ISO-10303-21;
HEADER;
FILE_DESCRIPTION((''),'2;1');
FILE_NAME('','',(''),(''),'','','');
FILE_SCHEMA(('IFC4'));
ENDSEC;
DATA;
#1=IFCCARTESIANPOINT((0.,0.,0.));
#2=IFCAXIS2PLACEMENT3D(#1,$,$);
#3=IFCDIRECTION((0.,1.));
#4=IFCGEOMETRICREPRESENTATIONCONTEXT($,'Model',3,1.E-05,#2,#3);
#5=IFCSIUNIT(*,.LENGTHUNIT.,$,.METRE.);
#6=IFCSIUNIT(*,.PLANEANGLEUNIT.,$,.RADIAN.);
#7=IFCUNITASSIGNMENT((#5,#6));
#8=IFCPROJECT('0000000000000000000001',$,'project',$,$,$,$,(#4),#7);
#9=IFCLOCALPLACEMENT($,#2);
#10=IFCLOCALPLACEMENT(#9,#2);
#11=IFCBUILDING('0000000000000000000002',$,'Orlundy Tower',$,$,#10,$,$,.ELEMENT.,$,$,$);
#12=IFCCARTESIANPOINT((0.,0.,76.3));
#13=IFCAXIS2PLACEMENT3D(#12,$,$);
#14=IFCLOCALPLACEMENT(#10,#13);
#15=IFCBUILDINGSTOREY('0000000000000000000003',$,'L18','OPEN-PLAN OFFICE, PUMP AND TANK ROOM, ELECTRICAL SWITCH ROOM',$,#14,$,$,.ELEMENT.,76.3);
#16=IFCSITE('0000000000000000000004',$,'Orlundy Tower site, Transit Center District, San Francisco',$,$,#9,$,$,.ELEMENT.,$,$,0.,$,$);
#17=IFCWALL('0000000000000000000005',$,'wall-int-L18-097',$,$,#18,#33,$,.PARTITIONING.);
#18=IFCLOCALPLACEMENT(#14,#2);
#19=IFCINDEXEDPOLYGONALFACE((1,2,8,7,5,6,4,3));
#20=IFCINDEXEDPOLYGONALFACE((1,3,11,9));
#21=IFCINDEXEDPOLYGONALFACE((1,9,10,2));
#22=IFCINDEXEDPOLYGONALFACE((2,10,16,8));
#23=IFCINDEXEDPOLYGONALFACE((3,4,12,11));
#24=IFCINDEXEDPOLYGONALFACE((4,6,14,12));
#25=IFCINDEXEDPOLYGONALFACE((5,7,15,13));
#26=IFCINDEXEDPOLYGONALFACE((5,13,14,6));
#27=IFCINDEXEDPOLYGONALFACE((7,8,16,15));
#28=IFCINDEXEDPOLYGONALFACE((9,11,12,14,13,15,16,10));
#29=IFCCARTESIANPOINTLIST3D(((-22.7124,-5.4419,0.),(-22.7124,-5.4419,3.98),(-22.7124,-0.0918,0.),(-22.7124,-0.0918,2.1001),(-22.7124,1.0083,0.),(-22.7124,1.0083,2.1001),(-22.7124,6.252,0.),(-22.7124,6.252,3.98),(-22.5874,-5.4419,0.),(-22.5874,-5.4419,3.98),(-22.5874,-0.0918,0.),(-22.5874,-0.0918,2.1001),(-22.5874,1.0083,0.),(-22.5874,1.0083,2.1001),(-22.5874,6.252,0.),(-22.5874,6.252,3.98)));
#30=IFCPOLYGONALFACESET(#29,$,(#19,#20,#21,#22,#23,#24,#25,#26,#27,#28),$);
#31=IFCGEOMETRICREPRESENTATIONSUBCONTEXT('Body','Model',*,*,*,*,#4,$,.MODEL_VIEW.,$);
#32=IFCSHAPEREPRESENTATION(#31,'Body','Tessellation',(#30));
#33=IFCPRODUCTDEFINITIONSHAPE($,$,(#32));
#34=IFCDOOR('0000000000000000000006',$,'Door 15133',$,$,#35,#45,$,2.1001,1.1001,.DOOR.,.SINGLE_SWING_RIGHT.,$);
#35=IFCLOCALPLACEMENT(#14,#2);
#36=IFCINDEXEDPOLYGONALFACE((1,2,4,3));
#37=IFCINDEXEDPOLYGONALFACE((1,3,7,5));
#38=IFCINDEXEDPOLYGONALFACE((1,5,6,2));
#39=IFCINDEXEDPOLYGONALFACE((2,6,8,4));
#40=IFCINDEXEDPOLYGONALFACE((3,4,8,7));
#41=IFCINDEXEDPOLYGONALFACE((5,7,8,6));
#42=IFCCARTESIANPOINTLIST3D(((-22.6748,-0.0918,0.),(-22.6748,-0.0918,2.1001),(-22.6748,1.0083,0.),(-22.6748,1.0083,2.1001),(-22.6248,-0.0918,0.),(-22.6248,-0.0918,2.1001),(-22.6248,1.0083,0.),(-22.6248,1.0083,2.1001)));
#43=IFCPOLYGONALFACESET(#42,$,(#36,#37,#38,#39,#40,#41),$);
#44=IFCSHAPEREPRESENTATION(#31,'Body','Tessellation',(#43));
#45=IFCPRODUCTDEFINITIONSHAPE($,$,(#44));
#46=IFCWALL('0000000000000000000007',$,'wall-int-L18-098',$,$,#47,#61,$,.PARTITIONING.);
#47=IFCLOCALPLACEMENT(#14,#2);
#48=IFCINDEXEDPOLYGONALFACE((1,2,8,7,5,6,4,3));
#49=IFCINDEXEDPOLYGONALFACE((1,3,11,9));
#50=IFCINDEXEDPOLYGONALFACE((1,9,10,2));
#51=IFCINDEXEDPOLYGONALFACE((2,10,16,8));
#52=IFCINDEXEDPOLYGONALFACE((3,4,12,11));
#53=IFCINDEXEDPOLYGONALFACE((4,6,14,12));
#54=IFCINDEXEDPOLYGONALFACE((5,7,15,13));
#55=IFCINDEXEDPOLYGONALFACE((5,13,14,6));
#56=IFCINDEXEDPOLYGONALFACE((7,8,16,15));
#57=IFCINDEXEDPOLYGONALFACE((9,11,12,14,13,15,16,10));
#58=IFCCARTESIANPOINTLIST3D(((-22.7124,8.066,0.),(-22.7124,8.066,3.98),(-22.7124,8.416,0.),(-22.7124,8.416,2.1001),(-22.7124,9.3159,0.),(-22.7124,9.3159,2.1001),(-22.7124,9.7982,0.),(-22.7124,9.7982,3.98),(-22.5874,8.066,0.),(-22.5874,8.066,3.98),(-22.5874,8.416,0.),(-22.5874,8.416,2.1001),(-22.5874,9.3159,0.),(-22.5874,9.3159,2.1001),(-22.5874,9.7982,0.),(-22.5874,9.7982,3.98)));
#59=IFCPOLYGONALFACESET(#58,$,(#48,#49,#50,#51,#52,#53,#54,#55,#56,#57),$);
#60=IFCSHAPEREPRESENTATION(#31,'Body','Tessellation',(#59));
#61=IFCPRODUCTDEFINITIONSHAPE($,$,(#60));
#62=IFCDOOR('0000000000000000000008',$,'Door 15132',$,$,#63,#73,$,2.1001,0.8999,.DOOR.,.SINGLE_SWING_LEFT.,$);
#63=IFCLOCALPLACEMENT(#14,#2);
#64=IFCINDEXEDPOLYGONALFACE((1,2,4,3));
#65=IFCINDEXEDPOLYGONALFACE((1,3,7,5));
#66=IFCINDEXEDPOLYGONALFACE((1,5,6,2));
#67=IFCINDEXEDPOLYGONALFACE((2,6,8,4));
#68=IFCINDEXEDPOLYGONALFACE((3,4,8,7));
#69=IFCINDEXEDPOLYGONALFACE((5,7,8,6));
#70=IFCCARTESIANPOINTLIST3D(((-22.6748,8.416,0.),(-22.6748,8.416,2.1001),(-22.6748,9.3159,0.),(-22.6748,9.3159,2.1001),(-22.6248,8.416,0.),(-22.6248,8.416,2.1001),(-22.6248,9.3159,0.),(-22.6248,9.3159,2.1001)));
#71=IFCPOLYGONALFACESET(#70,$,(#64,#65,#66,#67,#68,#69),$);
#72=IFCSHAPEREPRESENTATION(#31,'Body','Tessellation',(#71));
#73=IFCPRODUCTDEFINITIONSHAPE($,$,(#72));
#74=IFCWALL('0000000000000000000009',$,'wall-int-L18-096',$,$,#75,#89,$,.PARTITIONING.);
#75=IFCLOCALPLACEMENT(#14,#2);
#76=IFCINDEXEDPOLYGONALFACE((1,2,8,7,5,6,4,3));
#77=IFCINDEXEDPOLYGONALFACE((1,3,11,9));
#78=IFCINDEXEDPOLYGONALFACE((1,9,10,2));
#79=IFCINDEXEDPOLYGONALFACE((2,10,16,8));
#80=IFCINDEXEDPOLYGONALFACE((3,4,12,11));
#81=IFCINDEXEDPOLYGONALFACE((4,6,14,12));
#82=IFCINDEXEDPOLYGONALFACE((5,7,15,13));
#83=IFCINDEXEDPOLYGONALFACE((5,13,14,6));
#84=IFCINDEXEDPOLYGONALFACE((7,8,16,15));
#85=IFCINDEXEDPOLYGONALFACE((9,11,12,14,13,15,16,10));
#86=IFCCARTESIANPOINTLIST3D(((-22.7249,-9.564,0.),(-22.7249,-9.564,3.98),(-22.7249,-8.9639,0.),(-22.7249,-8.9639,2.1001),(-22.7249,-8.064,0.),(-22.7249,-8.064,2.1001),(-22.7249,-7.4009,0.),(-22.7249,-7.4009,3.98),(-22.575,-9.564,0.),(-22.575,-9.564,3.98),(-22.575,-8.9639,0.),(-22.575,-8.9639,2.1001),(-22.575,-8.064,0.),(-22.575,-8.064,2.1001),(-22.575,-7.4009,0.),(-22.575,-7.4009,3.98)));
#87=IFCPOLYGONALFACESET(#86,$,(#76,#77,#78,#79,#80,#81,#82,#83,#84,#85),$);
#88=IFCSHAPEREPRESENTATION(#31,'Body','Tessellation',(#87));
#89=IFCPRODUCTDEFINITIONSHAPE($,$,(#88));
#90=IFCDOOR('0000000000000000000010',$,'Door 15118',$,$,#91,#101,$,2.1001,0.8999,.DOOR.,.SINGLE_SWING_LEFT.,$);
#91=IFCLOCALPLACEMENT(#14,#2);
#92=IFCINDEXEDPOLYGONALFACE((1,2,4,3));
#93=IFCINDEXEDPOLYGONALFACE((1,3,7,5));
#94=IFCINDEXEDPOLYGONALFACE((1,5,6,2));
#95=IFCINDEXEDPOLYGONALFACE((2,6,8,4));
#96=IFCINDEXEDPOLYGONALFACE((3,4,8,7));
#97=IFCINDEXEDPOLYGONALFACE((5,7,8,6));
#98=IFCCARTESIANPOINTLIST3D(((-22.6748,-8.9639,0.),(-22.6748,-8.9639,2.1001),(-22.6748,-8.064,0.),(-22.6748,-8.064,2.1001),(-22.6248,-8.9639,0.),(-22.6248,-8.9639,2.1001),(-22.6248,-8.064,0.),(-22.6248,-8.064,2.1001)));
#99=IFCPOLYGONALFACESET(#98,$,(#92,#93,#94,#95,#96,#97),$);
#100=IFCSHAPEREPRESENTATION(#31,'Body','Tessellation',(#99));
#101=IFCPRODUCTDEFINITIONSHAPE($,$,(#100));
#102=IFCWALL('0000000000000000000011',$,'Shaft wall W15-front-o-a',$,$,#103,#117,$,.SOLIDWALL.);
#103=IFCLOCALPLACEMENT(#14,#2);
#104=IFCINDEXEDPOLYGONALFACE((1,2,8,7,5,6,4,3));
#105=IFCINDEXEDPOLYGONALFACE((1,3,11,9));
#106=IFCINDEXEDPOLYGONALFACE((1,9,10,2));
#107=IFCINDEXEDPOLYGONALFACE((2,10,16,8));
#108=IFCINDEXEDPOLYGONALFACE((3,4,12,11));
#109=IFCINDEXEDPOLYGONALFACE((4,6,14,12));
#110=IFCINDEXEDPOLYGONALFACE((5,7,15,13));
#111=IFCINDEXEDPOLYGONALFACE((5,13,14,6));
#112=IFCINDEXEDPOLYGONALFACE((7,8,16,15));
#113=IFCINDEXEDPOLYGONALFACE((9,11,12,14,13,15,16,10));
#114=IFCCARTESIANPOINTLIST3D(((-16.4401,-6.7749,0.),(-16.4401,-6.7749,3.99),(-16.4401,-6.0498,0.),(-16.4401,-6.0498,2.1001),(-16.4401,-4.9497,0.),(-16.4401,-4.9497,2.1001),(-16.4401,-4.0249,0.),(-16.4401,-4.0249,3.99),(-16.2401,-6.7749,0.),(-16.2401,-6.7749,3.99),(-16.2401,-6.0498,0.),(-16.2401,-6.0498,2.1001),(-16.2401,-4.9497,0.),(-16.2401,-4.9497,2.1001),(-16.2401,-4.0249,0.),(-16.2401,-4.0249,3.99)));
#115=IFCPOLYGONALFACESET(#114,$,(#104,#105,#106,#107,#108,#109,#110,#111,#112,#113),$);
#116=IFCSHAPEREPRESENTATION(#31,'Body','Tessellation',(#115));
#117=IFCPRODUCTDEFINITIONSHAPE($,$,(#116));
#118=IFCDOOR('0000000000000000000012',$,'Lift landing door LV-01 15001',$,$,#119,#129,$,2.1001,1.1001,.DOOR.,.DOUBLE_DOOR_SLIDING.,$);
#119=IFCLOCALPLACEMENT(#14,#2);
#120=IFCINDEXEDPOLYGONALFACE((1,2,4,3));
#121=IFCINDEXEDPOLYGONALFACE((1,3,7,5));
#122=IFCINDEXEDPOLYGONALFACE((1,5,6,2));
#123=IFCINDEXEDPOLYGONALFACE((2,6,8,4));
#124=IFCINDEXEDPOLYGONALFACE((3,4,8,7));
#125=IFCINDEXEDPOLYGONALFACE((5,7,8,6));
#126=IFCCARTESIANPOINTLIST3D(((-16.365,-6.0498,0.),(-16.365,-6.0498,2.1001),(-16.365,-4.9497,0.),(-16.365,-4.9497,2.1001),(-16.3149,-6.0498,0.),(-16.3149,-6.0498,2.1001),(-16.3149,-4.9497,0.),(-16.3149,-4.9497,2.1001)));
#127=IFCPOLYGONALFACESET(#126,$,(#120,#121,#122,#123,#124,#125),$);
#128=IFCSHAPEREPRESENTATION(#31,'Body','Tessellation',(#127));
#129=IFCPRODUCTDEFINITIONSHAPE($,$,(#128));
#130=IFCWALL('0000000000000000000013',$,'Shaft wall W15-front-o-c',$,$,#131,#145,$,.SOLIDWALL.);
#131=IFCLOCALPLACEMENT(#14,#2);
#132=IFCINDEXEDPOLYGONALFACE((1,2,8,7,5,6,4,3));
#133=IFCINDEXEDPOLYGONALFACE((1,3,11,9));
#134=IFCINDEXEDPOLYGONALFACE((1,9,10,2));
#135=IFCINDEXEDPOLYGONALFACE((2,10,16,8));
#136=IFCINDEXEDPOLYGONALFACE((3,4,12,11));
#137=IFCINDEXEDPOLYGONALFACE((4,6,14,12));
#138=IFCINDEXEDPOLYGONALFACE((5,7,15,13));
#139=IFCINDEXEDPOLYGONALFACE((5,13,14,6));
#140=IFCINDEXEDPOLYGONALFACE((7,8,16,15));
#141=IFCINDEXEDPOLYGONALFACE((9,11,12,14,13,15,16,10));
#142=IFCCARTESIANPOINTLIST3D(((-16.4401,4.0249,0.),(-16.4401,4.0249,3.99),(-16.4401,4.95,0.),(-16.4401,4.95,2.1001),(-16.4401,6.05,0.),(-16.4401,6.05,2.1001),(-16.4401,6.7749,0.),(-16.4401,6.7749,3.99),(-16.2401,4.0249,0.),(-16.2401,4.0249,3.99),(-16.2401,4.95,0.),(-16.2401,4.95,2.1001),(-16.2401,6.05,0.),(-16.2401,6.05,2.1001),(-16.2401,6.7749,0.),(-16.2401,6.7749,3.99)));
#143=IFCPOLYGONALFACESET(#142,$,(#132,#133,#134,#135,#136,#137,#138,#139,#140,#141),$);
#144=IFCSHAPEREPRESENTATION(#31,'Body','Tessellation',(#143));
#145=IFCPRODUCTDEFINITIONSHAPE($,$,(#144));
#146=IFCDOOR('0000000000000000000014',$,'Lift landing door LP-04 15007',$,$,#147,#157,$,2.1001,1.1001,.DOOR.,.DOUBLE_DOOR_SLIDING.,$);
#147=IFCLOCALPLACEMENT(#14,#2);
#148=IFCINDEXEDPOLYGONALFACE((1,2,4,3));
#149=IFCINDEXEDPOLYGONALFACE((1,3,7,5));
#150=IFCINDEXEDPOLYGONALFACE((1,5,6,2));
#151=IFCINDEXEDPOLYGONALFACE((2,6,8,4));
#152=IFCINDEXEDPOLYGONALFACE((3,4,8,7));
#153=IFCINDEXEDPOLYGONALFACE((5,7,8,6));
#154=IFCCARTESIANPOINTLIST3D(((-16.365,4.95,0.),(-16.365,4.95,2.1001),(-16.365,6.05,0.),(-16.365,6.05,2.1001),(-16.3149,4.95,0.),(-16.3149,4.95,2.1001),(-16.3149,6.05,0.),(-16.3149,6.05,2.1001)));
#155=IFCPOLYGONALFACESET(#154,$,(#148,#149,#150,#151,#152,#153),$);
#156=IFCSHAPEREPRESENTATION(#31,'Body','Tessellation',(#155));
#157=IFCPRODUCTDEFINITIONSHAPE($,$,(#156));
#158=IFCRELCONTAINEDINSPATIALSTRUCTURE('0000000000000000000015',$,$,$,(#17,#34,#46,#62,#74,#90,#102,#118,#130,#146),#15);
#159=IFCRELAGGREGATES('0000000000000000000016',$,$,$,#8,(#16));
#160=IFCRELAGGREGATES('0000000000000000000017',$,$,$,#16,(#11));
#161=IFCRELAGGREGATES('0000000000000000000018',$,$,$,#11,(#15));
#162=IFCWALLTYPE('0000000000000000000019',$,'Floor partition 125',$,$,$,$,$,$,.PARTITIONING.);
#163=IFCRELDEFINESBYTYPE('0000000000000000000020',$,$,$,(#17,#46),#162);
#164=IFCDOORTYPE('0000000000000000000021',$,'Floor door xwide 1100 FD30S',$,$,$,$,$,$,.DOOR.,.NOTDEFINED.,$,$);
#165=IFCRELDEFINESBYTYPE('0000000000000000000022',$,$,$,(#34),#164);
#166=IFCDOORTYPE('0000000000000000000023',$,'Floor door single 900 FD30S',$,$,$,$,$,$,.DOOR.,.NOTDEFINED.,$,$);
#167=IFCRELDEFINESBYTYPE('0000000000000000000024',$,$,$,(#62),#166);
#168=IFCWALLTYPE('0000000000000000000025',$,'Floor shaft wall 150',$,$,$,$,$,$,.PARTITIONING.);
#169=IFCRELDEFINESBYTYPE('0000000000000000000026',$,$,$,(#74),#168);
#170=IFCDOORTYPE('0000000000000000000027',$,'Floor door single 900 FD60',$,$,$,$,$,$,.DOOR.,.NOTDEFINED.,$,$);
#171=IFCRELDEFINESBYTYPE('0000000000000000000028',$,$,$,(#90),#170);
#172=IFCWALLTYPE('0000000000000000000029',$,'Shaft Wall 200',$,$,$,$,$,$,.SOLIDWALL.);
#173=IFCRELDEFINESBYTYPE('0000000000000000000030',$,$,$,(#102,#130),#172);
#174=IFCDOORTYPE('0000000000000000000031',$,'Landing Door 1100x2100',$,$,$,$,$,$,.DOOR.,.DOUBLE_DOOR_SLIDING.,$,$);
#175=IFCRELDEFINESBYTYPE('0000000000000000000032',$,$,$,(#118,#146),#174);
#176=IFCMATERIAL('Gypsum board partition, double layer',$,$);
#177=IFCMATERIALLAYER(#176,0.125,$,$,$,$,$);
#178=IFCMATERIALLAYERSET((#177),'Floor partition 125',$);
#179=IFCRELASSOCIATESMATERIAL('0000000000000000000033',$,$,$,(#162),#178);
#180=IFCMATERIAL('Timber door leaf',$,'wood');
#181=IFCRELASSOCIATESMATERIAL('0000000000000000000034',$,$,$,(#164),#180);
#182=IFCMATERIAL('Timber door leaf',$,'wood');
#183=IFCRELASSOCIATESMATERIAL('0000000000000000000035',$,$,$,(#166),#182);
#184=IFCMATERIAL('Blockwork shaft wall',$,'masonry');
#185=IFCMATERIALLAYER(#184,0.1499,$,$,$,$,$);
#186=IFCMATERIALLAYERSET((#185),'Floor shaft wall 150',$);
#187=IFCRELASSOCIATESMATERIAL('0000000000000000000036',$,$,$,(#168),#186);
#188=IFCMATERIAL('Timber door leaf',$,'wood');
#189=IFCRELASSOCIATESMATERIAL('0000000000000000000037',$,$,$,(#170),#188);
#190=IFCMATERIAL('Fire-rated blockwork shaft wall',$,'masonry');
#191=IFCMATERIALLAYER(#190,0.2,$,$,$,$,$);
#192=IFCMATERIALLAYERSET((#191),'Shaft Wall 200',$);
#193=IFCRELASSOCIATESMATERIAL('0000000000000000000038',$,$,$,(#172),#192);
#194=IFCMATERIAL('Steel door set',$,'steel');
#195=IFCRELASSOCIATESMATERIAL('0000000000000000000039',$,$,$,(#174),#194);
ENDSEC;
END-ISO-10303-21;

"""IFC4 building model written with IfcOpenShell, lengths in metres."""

from ifc_helpers import new_model, si_unit, direction, frame, frame_2d, origin, place, context, subcontext, project, spatial, rectangle, extrude, material, layer, layer_set, type_object, element, fill, save


model = new_model("IFC4")

# Units and contexts
model_context = context("Model", 3, precision=1e-05, world=origin(), true_north=direction((0.0, 1.0)))
body_context = subcontext(model_context, "Body", "Model", "MODEL_VIEW")
ifc_project = project(units=[si_unit("LENGTHUNIT", "METRE"), si_unit("PLANEANGLEUNIT", "RADIAN")], contexts=[model_context])

# Site, building, storey
site_placement = place(None, origin())
site = spatial("IfcSite", under=ifc_project, at=site_placement, Name="Orlundy Tower site, Transit Center District, San Francisco", CompositionType="ELEMENT", RefElevation=0.0)
building_placement = place(site_placement, origin())
building = spatial("IfcBuilding", under=site, at=building_placement, Name="Orlundy Tower", CompositionType="ELEMENT")
storey_placement = place(building_placement, frame((0.0, 0.0, 76.3)))
storey = spatial("IfcBuildingStorey", under=building, at=storey_placement, Name="L18", Description="OPEN-PLAN OFFICE, PUMP AND TANK ROOM, ELECTRICAL SWITCH ROOM", CompositionType="ELEMENT", Elevation=76.3)

# Walls, openings, doors
ifc_material_1 = material(Name="Gypsum board partition, double layer")
ifc_layer_1 = layer(ifc_material_1, 0.125)
ifc_layer_set_1 = layer_set([ifc_layer_1], Name="Floor partition 125")
wall_type_1 = type_object("IfcWallType", Name="Floor partition 125", PredefinedType="PARTITIONING", material=ifc_layer_set_1)
wall_1_placement = place(storey_placement, frame((-22.6499, -5.4419, 0.0), z_axis=(0.0, 0.0, 1.0), x_axis=(0.0, 1.0, 0.0)))
wall_1 = element("IfcWall", 1, at=wall_1_placement, inside=storey, type_object=wall_type_1, Name="wall-int-L18-097", PredefinedType="PARTITIONING", context=body_context, shape_type="SweptSolid", body=[
    extrude(rectangle(XDim=11.6938, YDim=0.125, at=frame_2d((5.8469, 0.0))), origin(), (0.0, 0.0, 1.0), 3.98),
])
opening_1_placement = place(wall_1_placement, frame((5.3501, 0.0, 0.0)))
opening_1 = element("IfcOpeningElement", 2, at=opening_1_placement, cuts=wall_1, PredefinedType="OPENING", context=body_context, shape_type="SweptSolid", body=[
    extrude(rectangle(XDim=1.1001, YDim=2.1001, at=frame_2d((0.55, 1.05))), frame((0.0, 0.0725, 0.0), z_axis=(0.0, -1.0, 0.0), x_axis=(1.0, 0.0, 0.0)), (0.0, 0.0, 1.0), 0.145),
])
ifc_material_2 = material(Name="Timber door leaf", Category="wood")
door_type_1 = type_object("IfcDoorType", Name="Floor door xwide 1100 FD30S", OperationType="NOTDEFINED", PredefinedType="DOOR", material=ifc_material_2)
door_1_placement = place(opening_1_placement, origin())
door_1 = element("IfcDoor", 3, at=door_1_placement, inside=storey, type_object=door_type_1, Name="Door 15133", OperationType="SINGLE_SWING_RIGHT", OverallHeight=2.1001, OverallWidth=1.1001, PredefinedType="DOOR", context=body_context, shape_type="SweptSolid", body=[
    extrude(rectangle(XDim=1.1001, YDim=2.1001, at=frame_2d((0.55, 1.05))), frame((0.0, 0.0249, 0.0), z_axis=(0.0, -1.0, 0.0), x_axis=(1.0, 0.0, 0.0)), (0.0, 0.0, 1.0), 0.05),
])
fill(opening_1, door_1)
wall_2_placement = place(storey_placement, frame((-22.6499, 8.0659, 0.0), z_axis=(0.0, 0.0, 1.0), x_axis=(0.0, 1.0, 0.0)))
wall_2 = element("IfcWall", 4, at=wall_2_placement, inside=storey, type_object=wall_type_1, Name="wall-int-L18-098", PredefinedType="PARTITIONING", context=body_context, shape_type="SweptSolid", body=[
    extrude(rectangle(XDim=1.7322, YDim=0.125, at=frame_2d((0.8662, 0.0))), origin(), (0.0, 0.0, 1.0), 3.98),
])
opening_2_placement = place(wall_2_placement, frame((0.3501, 0.0, 0.0)))
opening_2 = element("IfcOpeningElement", 5, at=opening_2_placement, cuts=wall_2, PredefinedType="OPENING", context=body_context, shape_type="SweptSolid", body=[
    extrude(rectangle(XDim=0.8999, YDim=2.1001, at=frame_2d((0.45, 1.05))), frame((0.0, 0.0725, 0.0), z_axis=(0.0, -1.0, 0.0), x_axis=(1.0, 0.0, 0.0)), (0.0, 0.0, 1.0), 0.145),
])
ifc_material_3 = material(Name="Timber door leaf", Category="wood")
door_type_2 = type_object("IfcDoorType", Name="Floor door single 900 FD30S", OperationType="NOTDEFINED", PredefinedType="DOOR", material=ifc_material_3)
door_2_placement = place(opening_2_placement, origin())
door_2 = element("IfcDoor", 6, at=door_2_placement, inside=storey, type_object=door_type_2, Name="Door 15132", OperationType="SINGLE_SWING_LEFT", OverallHeight=2.1001, OverallWidth=0.8999, PredefinedType="DOOR", context=body_context, shape_type="SweptSolid", body=[
    extrude(rectangle(XDim=0.8999, YDim=2.1001, at=frame_2d((0.45, 1.05))), frame((0.0, 0.0249, 0.0), z_axis=(0.0, -1.0, 0.0), x_axis=(1.0, 0.0, 0.0)), (0.0, 0.0, 1.0), 0.05),
])
fill(opening_2, door_2)
ifc_material_4 = material(Name="Blockwork shaft wall", Category="masonry")
ifc_layer_2 = layer(ifc_material_4, 0.1499)
ifc_layer_set_2 = layer_set([ifc_layer_2], Name="Floor shaft wall 150")
wall_type_2 = type_object("IfcWallType", Name="Floor shaft wall 150", PredefinedType="PARTITIONING", material=ifc_layer_set_2)
wall_3_placement = place(storey_placement, frame((-22.6499, -9.564, 0.0), z_axis=(0.0, 0.0, 1.0), x_axis=(0.0, 1.0, 0.0)))
wall_3 = element("IfcWall", 7, at=wall_3_placement, inside=storey, type_object=wall_type_2, Name="wall-int-L18-096", PredefinedType="PARTITIONING", context=body_context, shape_type="SweptSolid", body=[
    extrude(rectangle(XDim=2.1631, YDim=0.1499, at=frame_2d((1.0815, 0.0))), origin(), (0.0, 0.0, 1.0), 3.98),
])
opening_3_placement = place(wall_3_placement, frame((0.6001, 0.0, 0.0)))
opening_3 = element("IfcOpeningElement", 8, at=opening_3_placement, cuts=wall_3, PredefinedType="OPENING", context=body_context, shape_type="SweptSolid", body=[
    extrude(rectangle(XDim=0.8999, YDim=2.1001, at=frame_2d((0.45, 1.05))), frame((0.0, 0.085, 0.0), z_axis=(0.0, -1.0, 0.0), x_axis=(1.0, 0.0, 0.0)), (0.0, 0.0, 1.0), 0.1699),
])
ifc_material_5 = material(Name="Timber door leaf", Category="wood")
door_type_3 = type_object("IfcDoorType", Name="Floor door single 900 FD60", OperationType="NOTDEFINED", PredefinedType="DOOR", material=ifc_material_5)
door_3_placement = place(opening_3_placement, origin())
door_3 = element("IfcDoor", 9, at=door_3_placement, inside=storey, type_object=door_type_3, Name="Door 15118", OperationType="SINGLE_SWING_LEFT", OverallHeight=2.1001, OverallWidth=0.8999, PredefinedType="DOOR", context=body_context, shape_type="SweptSolid", body=[
    extrude(rectangle(XDim=0.8999, YDim=2.1001, at=frame_2d((0.45, 1.05))), frame((0.0, 0.0249, 0.0), z_axis=(0.0, -1.0, 0.0), x_axis=(1.0, 0.0, 0.0)), (0.0, 0.0, 1.0), 0.05),
])
fill(opening_3, door_3)
ifc_material_6 = material(Name="Fire-rated blockwork shaft wall", Category="masonry")
ifc_layer_3 = layer(ifc_material_6, 0.2)
ifc_layer_set_3 = layer_set([ifc_layer_3], Name="Shaft Wall 200")
wall_type_3 = type_object("IfcWallType", Name="Shaft Wall 200", PredefinedType="SOLIDWALL", material=ifc_layer_set_3)
wall_4_placement = place(storey_placement, frame((-16.3401, -6.7749, 0.0), z_axis=(0.0, 0.0, 1.0), x_axis=(0.0, 1.0, 0.0)))
wall_4 = element("IfcWall", 10, at=wall_4_placement, inside=storey, type_object=wall_type_3, Name="Shaft wall W15-front-o-a", PredefinedType="SOLIDWALL", context=body_context, shape_type="SweptSolid", body=[
    extrude(rectangle(XDim=2.75, YDim=0.2, at=frame_2d((1.375, 0.0))), origin(), (0.0, 0.0, 1.0), 3.99),
])
opening_4_placement = place(wall_4_placement, frame((0.7251, 0.0, 0.0)))
opening_4 = element("IfcOpeningElement", 11, at=opening_4_placement, cuts=wall_4, PredefinedType="OPENING", context=body_context, shape_type="SweptSolid", body=[
    extrude(rectangle(XDim=1.1001, YDim=2.1001, at=frame_2d((0.55, 1.05))), frame((0.0, 0.1101, 0.0), z_axis=(0.0, -1.0, 0.0), x_axis=(1.0, 0.0, 0.0)), (0.0, 0.0, 1.0), 0.2202),
])
ifc_material_7 = material(Name="Steel door set", Category="steel")
door_type_4 = type_object("IfcDoorType", Name="Landing Door 1100x2100", OperationType="DOUBLE_DOOR_SLIDING", PredefinedType="DOOR", material=ifc_material_7)
door_4_placement = place(opening_4_placement, origin())
door_4 = element("IfcDoor", 12, at=door_4_placement, inside=storey, type_object=door_type_4, Name="Lift landing door LV-01 15001", OperationType="DOUBLE_DOOR_SLIDING", OverallHeight=2.1001, OverallWidth=1.1001, PredefinedType="DOOR", context=body_context, shape_type="SweptSolid", body=[
    extrude(rectangle(XDim=1.1001, YDim=2.1001, at=frame_2d((0.55, 1.05))), frame((0.0, 0.0249, 0.0), z_axis=(0.0, -1.0, 0.0), x_axis=(1.0, 0.0, 0.0)), (0.0, 0.0, 1.0), 0.05),
])
fill(opening_4, door_4)
wall_5_placement = place(storey_placement, frame((-16.3401, 4.0249, 0.0), z_axis=(0.0, 0.0, 1.0), x_axis=(0.0, 1.0, 0.0)))
wall_5 = element("IfcWall", 13, at=wall_5_placement, inside=storey, type_object=wall_type_3, Name="Shaft wall W15-front-o-c", PredefinedType="SOLIDWALL", context=body_context, shape_type="SweptSolid", body=[
    extrude(rectangle(XDim=2.75, YDim=0.2, at=frame_2d((1.375, 0.0))), origin(), (0.0, 0.0, 1.0), 3.99),
])
opening_5_placement = place(wall_5_placement, frame((0.925, 0.0, 0.0)))
opening_5 = element("IfcOpeningElement", 14, at=opening_5_placement, cuts=wall_5, PredefinedType="OPENING", context=body_context, shape_type="SweptSolid", body=[
    extrude(rectangle(XDim=1.1001, YDim=2.1001, at=frame_2d((0.55, 1.05))), frame((0.0, 0.1101, 0.0), z_axis=(0.0, -1.0, 0.0), x_axis=(1.0, 0.0, 0.0)), (0.0, 0.0, 1.0), 0.2202),
])
door_5_placement = place(opening_5_placement, origin())
door_5 = element("IfcDoor", 15, at=door_5_placement, inside=storey, type_object=door_type_4, Name="Lift landing door LP-04 15007", OperationType="DOUBLE_DOOR_SLIDING", OverallHeight=2.1001, OverallWidth=1.1001, PredefinedType="DOOR", context=body_context, shape_type="SweptSolid", body=[
    extrude(rectangle(XDim=1.1001, YDim=2.1001, at=frame_2d((0.55, 1.05))), frame((0.0, 0.0249, 0.0), z_axis=(0.0, -1.0, 0.0), x_axis=(1.0, 0.0, 0.0)), (0.0, 0.0, 1.0), 0.05),
])
fill(opening_5, door_5)

save(model, "model.ifc")
